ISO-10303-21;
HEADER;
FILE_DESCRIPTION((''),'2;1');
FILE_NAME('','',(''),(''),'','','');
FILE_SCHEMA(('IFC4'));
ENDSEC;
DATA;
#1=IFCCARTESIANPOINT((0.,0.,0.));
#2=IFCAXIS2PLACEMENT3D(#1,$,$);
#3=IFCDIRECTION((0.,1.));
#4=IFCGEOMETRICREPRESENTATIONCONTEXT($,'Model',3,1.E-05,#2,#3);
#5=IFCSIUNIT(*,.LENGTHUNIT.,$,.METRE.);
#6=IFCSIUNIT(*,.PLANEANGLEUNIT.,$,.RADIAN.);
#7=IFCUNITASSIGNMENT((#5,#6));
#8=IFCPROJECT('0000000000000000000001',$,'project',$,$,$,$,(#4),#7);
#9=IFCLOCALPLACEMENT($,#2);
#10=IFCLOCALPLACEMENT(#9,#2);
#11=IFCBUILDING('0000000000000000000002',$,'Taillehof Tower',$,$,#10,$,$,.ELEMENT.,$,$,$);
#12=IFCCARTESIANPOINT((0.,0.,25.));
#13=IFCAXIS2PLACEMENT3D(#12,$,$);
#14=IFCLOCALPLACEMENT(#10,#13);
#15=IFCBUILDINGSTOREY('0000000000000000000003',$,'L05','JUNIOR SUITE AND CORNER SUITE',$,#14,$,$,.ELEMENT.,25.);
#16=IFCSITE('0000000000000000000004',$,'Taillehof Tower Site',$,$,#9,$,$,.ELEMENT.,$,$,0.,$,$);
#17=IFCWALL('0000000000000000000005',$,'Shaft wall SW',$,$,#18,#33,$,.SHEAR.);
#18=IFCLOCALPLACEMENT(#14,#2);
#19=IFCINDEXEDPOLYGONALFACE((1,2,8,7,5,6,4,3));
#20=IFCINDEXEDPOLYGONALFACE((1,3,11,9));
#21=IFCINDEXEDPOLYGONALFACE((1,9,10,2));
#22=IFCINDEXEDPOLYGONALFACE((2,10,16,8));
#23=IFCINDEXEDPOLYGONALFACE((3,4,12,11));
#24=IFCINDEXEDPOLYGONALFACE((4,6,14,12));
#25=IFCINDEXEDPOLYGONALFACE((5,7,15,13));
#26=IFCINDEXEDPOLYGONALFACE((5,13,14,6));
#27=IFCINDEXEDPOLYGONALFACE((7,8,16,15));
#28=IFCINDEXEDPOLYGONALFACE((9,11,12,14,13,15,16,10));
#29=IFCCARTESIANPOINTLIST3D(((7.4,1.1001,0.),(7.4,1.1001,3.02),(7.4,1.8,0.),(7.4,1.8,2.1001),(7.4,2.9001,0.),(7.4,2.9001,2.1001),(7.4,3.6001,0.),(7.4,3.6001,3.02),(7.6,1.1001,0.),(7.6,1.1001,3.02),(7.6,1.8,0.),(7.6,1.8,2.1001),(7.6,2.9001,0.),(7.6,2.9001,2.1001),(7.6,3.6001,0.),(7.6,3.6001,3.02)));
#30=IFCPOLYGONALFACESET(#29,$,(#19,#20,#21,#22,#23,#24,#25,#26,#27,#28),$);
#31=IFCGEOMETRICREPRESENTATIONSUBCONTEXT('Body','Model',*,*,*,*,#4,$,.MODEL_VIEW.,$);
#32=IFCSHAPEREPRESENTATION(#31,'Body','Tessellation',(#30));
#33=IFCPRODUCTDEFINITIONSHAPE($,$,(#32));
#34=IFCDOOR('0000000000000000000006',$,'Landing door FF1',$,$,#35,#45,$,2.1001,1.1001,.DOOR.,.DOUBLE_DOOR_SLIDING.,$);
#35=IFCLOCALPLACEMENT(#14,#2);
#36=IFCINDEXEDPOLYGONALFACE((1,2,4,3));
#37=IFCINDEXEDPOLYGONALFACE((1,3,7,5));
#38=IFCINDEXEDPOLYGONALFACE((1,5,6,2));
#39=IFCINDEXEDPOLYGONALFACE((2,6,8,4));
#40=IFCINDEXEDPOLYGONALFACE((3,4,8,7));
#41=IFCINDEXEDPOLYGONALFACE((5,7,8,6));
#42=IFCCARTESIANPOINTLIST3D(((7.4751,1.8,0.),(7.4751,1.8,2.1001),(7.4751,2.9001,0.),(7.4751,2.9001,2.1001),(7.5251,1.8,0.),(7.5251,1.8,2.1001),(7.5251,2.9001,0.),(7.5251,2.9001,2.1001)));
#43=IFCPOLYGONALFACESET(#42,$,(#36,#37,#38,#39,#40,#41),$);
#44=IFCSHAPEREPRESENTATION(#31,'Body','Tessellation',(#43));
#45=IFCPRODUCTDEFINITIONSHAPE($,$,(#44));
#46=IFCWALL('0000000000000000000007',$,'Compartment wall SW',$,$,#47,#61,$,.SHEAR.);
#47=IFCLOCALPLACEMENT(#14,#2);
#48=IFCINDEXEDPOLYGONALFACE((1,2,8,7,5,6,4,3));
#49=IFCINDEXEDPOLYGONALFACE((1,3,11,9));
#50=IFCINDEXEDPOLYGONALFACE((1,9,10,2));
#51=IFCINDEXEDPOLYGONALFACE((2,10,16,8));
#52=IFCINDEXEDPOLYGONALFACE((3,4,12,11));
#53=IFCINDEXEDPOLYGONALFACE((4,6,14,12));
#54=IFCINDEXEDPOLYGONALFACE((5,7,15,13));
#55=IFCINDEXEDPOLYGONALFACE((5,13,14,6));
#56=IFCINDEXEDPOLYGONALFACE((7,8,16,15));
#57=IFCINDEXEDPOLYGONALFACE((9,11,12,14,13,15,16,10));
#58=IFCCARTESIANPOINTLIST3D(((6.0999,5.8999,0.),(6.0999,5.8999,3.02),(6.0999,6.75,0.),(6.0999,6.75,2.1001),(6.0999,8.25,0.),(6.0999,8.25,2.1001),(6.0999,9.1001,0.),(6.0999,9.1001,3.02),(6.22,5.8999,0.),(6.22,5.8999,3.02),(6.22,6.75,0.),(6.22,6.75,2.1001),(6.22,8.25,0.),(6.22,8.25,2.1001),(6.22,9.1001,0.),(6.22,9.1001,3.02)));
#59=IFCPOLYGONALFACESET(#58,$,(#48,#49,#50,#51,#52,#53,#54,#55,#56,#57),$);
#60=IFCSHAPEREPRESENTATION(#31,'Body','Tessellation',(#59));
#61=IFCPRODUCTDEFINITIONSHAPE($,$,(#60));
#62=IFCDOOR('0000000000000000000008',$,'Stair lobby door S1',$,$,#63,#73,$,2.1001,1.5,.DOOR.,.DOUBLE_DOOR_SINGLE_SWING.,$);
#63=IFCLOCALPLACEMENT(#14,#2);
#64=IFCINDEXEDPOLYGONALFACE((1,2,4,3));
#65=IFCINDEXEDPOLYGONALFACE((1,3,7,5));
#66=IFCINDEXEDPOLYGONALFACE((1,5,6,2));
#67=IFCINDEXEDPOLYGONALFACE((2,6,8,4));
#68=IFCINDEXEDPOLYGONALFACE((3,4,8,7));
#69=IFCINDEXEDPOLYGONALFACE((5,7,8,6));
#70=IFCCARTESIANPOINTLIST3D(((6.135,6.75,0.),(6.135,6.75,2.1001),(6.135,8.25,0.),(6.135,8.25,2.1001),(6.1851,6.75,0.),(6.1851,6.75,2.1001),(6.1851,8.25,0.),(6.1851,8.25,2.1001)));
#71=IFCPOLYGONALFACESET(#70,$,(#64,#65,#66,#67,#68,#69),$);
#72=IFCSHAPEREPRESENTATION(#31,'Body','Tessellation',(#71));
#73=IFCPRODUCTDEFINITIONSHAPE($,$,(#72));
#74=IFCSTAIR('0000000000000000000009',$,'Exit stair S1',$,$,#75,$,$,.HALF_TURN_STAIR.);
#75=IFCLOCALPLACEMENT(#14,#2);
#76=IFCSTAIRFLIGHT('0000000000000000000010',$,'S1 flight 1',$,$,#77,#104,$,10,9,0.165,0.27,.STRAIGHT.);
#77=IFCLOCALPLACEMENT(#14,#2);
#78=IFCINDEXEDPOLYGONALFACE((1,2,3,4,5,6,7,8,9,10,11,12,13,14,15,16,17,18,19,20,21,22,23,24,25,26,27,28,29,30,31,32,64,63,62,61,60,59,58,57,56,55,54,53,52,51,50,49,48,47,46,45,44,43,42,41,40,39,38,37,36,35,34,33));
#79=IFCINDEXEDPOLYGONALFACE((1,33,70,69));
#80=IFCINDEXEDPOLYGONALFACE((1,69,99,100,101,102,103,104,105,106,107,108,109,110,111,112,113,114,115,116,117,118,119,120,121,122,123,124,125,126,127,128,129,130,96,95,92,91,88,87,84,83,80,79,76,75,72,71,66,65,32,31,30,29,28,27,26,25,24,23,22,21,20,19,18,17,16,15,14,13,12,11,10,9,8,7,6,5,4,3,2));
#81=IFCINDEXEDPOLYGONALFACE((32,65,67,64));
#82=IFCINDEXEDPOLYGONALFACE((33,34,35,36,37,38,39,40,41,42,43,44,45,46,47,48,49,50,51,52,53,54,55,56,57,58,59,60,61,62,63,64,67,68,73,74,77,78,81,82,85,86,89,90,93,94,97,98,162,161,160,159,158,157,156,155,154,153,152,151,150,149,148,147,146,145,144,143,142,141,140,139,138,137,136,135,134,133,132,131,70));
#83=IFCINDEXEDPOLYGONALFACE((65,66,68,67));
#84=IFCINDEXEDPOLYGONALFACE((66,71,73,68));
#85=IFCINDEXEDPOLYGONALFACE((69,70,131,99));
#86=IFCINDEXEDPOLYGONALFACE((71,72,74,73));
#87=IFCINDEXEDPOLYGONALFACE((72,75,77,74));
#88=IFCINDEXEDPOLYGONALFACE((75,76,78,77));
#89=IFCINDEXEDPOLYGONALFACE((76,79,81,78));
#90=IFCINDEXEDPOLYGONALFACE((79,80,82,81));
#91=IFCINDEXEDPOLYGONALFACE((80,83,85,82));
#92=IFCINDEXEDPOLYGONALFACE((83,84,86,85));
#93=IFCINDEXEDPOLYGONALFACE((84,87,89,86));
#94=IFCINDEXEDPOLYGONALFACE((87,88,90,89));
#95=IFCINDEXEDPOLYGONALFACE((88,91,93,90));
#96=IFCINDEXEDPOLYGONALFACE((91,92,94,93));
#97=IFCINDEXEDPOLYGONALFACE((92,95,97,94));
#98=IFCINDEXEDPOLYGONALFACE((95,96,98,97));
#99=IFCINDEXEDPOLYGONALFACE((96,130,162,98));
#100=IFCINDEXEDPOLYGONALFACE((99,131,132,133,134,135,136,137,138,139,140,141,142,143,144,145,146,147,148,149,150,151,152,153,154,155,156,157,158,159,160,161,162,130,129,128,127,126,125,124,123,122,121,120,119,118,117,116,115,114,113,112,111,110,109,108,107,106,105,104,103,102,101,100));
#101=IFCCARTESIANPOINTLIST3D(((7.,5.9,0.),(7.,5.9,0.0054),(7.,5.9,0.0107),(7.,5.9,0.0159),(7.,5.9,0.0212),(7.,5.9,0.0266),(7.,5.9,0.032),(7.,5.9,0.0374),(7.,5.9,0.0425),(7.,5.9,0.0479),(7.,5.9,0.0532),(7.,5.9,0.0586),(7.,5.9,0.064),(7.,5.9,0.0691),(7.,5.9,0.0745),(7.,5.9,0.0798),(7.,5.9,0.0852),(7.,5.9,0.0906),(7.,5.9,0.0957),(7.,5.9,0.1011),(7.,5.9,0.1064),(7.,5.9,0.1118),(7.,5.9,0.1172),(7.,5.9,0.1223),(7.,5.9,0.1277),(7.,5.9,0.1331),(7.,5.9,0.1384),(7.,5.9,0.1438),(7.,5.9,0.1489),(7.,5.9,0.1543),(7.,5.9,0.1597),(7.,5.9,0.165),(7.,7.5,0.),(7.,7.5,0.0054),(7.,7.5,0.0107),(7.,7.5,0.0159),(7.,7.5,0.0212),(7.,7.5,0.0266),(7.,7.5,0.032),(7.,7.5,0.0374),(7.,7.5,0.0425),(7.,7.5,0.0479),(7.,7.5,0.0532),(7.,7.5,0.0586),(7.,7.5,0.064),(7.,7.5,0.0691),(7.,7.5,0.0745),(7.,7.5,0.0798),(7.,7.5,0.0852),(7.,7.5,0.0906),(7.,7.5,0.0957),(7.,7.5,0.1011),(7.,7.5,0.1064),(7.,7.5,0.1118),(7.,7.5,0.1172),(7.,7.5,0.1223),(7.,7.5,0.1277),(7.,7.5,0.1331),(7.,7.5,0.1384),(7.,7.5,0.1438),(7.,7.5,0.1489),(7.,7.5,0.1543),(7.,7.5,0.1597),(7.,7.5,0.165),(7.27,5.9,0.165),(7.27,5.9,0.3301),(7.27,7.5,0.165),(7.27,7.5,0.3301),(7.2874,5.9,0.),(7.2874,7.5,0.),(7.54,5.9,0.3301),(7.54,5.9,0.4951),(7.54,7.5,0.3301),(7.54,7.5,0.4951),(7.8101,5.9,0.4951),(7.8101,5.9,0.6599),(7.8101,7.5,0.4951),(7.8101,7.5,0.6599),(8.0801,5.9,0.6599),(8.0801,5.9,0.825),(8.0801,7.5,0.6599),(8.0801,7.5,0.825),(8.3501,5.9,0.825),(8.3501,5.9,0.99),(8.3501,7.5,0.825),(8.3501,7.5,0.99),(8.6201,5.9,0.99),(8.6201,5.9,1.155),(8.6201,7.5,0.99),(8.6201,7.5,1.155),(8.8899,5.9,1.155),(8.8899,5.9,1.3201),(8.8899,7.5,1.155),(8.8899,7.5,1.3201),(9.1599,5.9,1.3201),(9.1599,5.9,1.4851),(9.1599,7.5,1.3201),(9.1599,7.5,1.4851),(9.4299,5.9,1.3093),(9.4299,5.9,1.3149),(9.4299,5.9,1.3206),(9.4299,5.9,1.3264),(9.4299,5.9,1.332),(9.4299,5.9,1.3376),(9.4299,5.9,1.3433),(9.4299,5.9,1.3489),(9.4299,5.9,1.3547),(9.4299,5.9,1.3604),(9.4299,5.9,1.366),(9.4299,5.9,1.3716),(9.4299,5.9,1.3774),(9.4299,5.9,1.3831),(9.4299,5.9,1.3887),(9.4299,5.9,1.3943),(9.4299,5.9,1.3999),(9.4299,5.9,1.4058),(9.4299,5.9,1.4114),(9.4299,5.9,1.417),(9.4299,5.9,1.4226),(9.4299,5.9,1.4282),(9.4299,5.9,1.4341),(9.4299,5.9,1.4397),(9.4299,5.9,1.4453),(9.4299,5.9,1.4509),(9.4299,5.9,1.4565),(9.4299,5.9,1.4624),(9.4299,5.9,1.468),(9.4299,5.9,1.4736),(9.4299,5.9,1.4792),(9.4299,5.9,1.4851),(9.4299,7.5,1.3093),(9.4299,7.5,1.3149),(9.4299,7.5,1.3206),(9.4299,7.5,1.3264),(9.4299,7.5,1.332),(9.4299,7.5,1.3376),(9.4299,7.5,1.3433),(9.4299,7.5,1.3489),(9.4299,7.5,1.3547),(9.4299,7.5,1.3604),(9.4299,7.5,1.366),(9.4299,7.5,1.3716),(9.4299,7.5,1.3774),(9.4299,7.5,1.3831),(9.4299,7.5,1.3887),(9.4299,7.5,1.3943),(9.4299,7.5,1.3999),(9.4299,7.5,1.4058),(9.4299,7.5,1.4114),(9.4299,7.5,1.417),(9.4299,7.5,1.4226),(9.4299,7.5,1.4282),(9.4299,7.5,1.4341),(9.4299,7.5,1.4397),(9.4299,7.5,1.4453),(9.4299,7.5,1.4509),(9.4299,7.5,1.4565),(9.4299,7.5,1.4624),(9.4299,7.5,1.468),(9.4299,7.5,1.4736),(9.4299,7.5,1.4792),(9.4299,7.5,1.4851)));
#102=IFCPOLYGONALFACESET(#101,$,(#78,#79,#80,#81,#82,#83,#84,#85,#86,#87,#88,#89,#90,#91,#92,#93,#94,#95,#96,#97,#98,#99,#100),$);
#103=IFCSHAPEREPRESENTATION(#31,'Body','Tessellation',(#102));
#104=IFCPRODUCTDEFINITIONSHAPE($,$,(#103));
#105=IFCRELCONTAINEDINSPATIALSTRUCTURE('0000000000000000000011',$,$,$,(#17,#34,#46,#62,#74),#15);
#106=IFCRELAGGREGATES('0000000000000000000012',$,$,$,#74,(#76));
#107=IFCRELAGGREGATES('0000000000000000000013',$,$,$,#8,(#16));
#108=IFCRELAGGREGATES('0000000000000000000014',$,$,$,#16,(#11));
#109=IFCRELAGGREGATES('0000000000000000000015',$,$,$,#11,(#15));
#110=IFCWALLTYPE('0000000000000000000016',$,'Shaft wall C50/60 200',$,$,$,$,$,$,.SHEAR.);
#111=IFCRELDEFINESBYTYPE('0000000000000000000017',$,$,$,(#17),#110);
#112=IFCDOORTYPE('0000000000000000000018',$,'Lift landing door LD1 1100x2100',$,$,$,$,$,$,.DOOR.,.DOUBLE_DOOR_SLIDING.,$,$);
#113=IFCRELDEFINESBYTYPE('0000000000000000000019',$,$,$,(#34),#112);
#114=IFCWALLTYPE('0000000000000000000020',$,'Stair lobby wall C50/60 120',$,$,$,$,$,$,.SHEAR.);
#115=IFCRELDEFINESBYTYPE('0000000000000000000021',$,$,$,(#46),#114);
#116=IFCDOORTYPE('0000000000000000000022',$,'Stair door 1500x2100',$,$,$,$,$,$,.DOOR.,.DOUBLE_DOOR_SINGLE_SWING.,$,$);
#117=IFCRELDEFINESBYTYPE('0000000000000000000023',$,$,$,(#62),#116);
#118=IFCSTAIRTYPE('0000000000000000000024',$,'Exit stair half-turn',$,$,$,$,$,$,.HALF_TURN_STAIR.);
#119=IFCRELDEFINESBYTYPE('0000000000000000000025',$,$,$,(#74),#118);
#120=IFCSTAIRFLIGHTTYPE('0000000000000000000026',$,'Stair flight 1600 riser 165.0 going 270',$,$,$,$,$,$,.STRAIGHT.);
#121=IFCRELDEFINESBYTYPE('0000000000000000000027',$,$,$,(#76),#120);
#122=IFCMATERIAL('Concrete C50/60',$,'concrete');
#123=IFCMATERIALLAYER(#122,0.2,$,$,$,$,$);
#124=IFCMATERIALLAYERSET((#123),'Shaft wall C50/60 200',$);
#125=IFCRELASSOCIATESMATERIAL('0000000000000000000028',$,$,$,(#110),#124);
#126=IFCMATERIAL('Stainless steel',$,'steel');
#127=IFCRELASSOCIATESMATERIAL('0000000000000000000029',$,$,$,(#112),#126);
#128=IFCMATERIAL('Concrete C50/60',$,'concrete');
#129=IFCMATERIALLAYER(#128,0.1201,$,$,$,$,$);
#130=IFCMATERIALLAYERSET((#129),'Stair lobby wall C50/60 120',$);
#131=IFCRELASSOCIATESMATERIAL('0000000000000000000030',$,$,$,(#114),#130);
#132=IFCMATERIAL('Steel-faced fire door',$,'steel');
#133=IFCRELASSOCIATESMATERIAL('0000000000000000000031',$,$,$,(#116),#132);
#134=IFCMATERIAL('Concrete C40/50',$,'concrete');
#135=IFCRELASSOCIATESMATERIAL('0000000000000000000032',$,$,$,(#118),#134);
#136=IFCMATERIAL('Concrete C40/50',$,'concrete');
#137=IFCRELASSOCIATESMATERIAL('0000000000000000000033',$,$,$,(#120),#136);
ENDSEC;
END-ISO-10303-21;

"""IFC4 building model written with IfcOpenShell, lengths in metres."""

from ifc_helpers import new_model, si_unit, direction, frame, frame_2d, origin, place, context, subcontext, project, spatial, polyline, rectangle, outline, extrude, material, layer, layer_set, type_object, element, fill, aggregate, save


model = new_model("IFC4")

# Units and contexts
model_context = context("Model", 3, precision=1e-05, world=origin(), true_north=direction((0.0, 1.0)))
body_context = subcontext(model_context, "Body", "Model", "MODEL_VIEW")
ifc_project = project(units=[si_unit("LENGTHUNIT", "METRE"), si_unit("PLANEANGLEUNIT", "RADIAN")], contexts=[model_context])

# Site, building, storey
site_placement = place(None, origin())
site = spatial("IfcSite", under=ifc_project, at=site_placement, Name="Taillehof Tower Site", CompositionType="ELEMENT", RefElevation=0.0)
building_placement = place(site_placement, origin())
building = spatial("IfcBuilding", under=site, at=building_placement, Name="Taillehof Tower", CompositionType="ELEMENT")
storey_placement = place(building_placement, frame((0.0, 0.0, 25.0)))
storey = spatial("IfcBuildingStorey", under=building, at=storey_placement, Name="L05", Description="JUNIOR SUITE AND CORNER SUITE", CompositionType="ELEMENT", Elevation=25.0)

# Shared definitions
ifc_material_1 = material(Name="Concrete C50/60", Category="concrete")
ifc_layer_1 = layer(ifc_material_1, 0.2)
ifc_layer_set_1 = layer_set([ifc_layer_1], Name="Shaft wall C50/60 200")
wall_type_1 = type_object("IfcWallType", Name="Shaft wall C50/60 200", PredefinedType="SHEAR", material=ifc_layer_set_1)
ifc_material_2 = material(Name="Stainless steel", Category="steel")
door_type_1 = type_object("IfcDoorType", Name="Lift landing door LD1 1100x2100", OperationType="DOUBLE_DOOR_SLIDING", PredefinedType="DOOR", material=ifc_material_2)

# Walls, openings, doors
wall_1_placement = place(storey_placement, frame((7.5, 1.1001, 0.0), z_axis=(0.0, 0.0, 1.0), x_axis=(0.0, 1.0, 0.0)))
wall_1 = element("IfcWall", 1, at=wall_1_placement, inside=storey, type_object=wall_type_1, Name="Shaft wall SW", PredefinedType="SHEAR", context=body_context, shape_type="SweptSolid", body=[
    extrude(rectangle(XDim=2.5, YDim=0.2, at=frame_2d((1.25, 0.0))), origin(), (0.0, 0.0, 1.0), 3.02),
])
opening_1_placement = place(wall_1_placement, frame((0.7, 0.0, 0.0)))
opening_1 = element("IfcOpeningElement", 2, at=opening_1_placement, cuts=wall_1, PredefinedType="OPENING", context=body_context, shape_type="SweptSolid", body=[
    extrude(rectangle(XDim=1.1001, YDim=2.1001, at=frame_2d((0.55, 1.05))), frame((0.0, 0.1099, 0.0), z_axis=(0.0, -1.0, 0.0), x_axis=(1.0, 0.0, 0.0)), (0.0, 0.0, 1.0), 0.22),
])
door_1_placement = place(opening_1_placement, origin())
door_1 = element("IfcDoor", 3, at=door_1_placement, inside=storey, type_object=door_type_1, Name="Landing door FF1", OperationType="DOUBLE_DOOR_SLIDING", OverallHeight=2.1001, OverallWidth=1.1001, PredefinedType="DOOR", context=body_context, shape_type="SweptSolid", body=[
    extrude(rectangle(XDim=1.1001, YDim=2.1001, at=frame_2d((0.55, 1.05))), frame((0.0, 0.0249, 0.0), z_axis=(0.0, -1.0, 0.0), x_axis=(1.0, 0.0, 0.0)), (0.0, 0.0, 1.0), 0.05),
])
fill(opening_1, door_1)
ifc_material_3 = material(Name="Concrete C50/60", Category="concrete")
ifc_layer_2 = layer(ifc_material_3, 0.1201)
ifc_layer_set_2 = layer_set([ifc_layer_2], Name="Stair lobby wall C50/60 120")
wall_type_2 = type_object("IfcWallType", Name="Stair lobby wall C50/60 120", PredefinedType="SHEAR", material=ifc_layer_set_2)
wall_2_placement = place(storey_placement, frame((6.1599, 5.8999, 0.0), z_axis=(0.0, 0.0, 1.0), x_axis=(0.0, 1.0, 0.0)))
wall_2 = element("IfcWall", 4, at=wall_2_placement, inside=storey, type_object=wall_type_2, Name="Compartment wall SW", PredefinedType="SHEAR", context=body_context, shape_type="SweptSolid", body=[
    extrude(rectangle(XDim=3.2002, YDim=0.1201, at=frame_2d((1.6001, 0.0))), origin(), (0.0, 0.0, 1.0), 3.02),
])
opening_2_placement = place(wall_2_placement, frame((0.8501, 0.0, 0.0)))
opening_2 = element("IfcOpeningElement", 5, at=opening_2_placement, cuts=wall_2, PredefinedType="OPENING", context=body_context, shape_type="SweptSolid", body=[
    extrude(rectangle(XDim=1.5, YDim=2.1001, at=frame_2d((0.75, 1.05))), frame((0.0, 0.0701, 0.0), z_axis=(0.0, -1.0, 0.0), x_axis=(1.0, 0.0, 0.0)), (0.0, 0.0, 1.0), 0.1401),
])
ifc_material_4 = material(Name="Steel-faced fire door", Category="steel")
door_type_2 = type_object("IfcDoorType", Name="Stair door 1500x2100", OperationType="DOUBLE_DOOR_SINGLE_SWING", PredefinedType="DOOR", material=ifc_material_4)
door_2_placement = place(opening_2_placement, origin())
door_2 = element("IfcDoor", 6, at=door_2_placement, inside=storey, type_object=door_type_2, Name="Stair lobby door S1", OperationType="DOUBLE_DOOR_SINGLE_SWING", OverallHeight=2.1001, OverallWidth=1.5, PredefinedType="DOOR", context=body_context, shape_type="SweptSolid", body=[
    extrude(rectangle(XDim=1.5, YDim=2.1001, at=frame_2d((0.75, 1.05))), frame((0.0, 0.0249, 0.0), z_axis=(0.0, -1.0, 0.0), x_axis=(1.0, 0.0, 0.0)), (0.0, 0.0, 1.0), 0.05),
])
fill(opening_2, door_2)

# Stair, stair flight
ifc_material_5 = material(Name="Concrete C40/50", Category="concrete")
stair_type = type_object("IfcStairType", Name="Exit stair half-turn", PredefinedType="HALF_TURN_STAIR", material=ifc_material_5)
stair_placement = place(storey_placement, origin())
stair = element("IfcStair", 7, at=stair_placement, inside=storey, type_object=stair_type, Name="Exit stair S1", PredefinedType="HALF_TURN_STAIR")
ifc_material_6 = material(Name="Concrete C40/50", Category="concrete")
stair_flight_type = type_object("IfcStairFlightType", Name="Stair flight 1600 riser 165.0 going 270", PredefinedType="STRAIGHT", material=ifc_material_6)
stair_flight_1_placement = place(storey_placement, frame((7.0, 6.7, 0.0), z_axis=(0.0, 0.0, 1.0), x_axis=(1.0, 0.0, 0.0)))
stair_flight_1 = element("IfcStairFlight", 8, at=stair_flight_1_placement, type_object=stair_flight_type, Name="S1 flight 1", NumberOfRisers=10, NumberOfTreads=9, PredefinedType="STRAIGHT", RiserHeight=0.165, TreadLength=0.27, context=body_context, shape_type="SweptSolid", body=[
    extrude(outline(polyline([(0.0, 0.0), (0.0, 0.0054), (0.0, 0.0107), (0.0, 0.0159), (0.0, 0.0212), (0.0, 0.0266), (0.0, 0.032), (0.0, 0.0374), (0.0, 0.0425), (0.0, 0.0479), (0.0, 0.0532), (0.0, 0.0586), (0.0, 0.064), (0.0, 0.0691), (0.0, 0.0745), (0.0, 0.0798), (0.0, 0.0852), (0.0, 0.0906), (0.0, 0.0957), (0.0, 0.1011), (0.0, 0.1064), (0.0, 0.1118), (0.0, 0.1172), (0.0, 0.1223), (0.0, 0.1277), (0.0, 0.1331), (0.0, 0.1384), (0.0, 0.1438), (0.0, 0.1489), (0.0, 0.1543), (0.0, 0.1597), (0.0, 0.165), (0.27, 0.165), (0.27, 0.3301), (0.54, 0.3301), (0.54, 0.4951), (0.8101, 0.4951), (0.8101, 0.6599), (1.0801, 0.6599), (1.0801, 0.825), (1.3501, 0.825), (1.3501, 0.99), (1.6201, 0.99), (1.6201, 1.155), (1.8899, 1.155), (1.8899, 1.3201), (2.1599, 1.3201), (2.1599, 1.4851), (2.4299, 1.4851), (2.4299, 1.4792), (2.4299, 1.4736), (2.4299, 1.468), (2.4299, 1.4624), (2.4299, 1.4565), (2.4299, 1.4509), (2.4299, 1.4453), (2.4299, 1.4397), (2.4299, 1.4341), (2.4299, 1.4282), (2.4299, 1.4226), (2.4299, 1.417), (2.4299, 1.4114), (2.4299, 1.4058), (2.4299, 1.3999), (2.4299, 1.3943), (2.4299, 1.3887), (2.4299, 1.3831), (2.4299, 1.3774), (2.4299, 1.3716), (2.4299, 1.366), (2.4299, 1.3604), (2.4299, 1.3547), (2.4299, 1.3489), (2.4299, 1.3433), (2.4299, 1.3376), (2.4299, 1.332), (2.4299, 1.3264), (2.4299, 1.3206), (2.4299, 1.3149), (2.4299, 1.3093), (0.2874, 0.0), (0.0, 0.0)])), frame((0.0, 0.8, 0.0), z_axis=(0.0, -1.0, 0.0), x_axis=(1.0, 0.0, 0.0)), (0.0, 0.0, 1.0), 1.6),
])
aggregate(stair, [stair_flight_1])

save(model, "model.ifc")
